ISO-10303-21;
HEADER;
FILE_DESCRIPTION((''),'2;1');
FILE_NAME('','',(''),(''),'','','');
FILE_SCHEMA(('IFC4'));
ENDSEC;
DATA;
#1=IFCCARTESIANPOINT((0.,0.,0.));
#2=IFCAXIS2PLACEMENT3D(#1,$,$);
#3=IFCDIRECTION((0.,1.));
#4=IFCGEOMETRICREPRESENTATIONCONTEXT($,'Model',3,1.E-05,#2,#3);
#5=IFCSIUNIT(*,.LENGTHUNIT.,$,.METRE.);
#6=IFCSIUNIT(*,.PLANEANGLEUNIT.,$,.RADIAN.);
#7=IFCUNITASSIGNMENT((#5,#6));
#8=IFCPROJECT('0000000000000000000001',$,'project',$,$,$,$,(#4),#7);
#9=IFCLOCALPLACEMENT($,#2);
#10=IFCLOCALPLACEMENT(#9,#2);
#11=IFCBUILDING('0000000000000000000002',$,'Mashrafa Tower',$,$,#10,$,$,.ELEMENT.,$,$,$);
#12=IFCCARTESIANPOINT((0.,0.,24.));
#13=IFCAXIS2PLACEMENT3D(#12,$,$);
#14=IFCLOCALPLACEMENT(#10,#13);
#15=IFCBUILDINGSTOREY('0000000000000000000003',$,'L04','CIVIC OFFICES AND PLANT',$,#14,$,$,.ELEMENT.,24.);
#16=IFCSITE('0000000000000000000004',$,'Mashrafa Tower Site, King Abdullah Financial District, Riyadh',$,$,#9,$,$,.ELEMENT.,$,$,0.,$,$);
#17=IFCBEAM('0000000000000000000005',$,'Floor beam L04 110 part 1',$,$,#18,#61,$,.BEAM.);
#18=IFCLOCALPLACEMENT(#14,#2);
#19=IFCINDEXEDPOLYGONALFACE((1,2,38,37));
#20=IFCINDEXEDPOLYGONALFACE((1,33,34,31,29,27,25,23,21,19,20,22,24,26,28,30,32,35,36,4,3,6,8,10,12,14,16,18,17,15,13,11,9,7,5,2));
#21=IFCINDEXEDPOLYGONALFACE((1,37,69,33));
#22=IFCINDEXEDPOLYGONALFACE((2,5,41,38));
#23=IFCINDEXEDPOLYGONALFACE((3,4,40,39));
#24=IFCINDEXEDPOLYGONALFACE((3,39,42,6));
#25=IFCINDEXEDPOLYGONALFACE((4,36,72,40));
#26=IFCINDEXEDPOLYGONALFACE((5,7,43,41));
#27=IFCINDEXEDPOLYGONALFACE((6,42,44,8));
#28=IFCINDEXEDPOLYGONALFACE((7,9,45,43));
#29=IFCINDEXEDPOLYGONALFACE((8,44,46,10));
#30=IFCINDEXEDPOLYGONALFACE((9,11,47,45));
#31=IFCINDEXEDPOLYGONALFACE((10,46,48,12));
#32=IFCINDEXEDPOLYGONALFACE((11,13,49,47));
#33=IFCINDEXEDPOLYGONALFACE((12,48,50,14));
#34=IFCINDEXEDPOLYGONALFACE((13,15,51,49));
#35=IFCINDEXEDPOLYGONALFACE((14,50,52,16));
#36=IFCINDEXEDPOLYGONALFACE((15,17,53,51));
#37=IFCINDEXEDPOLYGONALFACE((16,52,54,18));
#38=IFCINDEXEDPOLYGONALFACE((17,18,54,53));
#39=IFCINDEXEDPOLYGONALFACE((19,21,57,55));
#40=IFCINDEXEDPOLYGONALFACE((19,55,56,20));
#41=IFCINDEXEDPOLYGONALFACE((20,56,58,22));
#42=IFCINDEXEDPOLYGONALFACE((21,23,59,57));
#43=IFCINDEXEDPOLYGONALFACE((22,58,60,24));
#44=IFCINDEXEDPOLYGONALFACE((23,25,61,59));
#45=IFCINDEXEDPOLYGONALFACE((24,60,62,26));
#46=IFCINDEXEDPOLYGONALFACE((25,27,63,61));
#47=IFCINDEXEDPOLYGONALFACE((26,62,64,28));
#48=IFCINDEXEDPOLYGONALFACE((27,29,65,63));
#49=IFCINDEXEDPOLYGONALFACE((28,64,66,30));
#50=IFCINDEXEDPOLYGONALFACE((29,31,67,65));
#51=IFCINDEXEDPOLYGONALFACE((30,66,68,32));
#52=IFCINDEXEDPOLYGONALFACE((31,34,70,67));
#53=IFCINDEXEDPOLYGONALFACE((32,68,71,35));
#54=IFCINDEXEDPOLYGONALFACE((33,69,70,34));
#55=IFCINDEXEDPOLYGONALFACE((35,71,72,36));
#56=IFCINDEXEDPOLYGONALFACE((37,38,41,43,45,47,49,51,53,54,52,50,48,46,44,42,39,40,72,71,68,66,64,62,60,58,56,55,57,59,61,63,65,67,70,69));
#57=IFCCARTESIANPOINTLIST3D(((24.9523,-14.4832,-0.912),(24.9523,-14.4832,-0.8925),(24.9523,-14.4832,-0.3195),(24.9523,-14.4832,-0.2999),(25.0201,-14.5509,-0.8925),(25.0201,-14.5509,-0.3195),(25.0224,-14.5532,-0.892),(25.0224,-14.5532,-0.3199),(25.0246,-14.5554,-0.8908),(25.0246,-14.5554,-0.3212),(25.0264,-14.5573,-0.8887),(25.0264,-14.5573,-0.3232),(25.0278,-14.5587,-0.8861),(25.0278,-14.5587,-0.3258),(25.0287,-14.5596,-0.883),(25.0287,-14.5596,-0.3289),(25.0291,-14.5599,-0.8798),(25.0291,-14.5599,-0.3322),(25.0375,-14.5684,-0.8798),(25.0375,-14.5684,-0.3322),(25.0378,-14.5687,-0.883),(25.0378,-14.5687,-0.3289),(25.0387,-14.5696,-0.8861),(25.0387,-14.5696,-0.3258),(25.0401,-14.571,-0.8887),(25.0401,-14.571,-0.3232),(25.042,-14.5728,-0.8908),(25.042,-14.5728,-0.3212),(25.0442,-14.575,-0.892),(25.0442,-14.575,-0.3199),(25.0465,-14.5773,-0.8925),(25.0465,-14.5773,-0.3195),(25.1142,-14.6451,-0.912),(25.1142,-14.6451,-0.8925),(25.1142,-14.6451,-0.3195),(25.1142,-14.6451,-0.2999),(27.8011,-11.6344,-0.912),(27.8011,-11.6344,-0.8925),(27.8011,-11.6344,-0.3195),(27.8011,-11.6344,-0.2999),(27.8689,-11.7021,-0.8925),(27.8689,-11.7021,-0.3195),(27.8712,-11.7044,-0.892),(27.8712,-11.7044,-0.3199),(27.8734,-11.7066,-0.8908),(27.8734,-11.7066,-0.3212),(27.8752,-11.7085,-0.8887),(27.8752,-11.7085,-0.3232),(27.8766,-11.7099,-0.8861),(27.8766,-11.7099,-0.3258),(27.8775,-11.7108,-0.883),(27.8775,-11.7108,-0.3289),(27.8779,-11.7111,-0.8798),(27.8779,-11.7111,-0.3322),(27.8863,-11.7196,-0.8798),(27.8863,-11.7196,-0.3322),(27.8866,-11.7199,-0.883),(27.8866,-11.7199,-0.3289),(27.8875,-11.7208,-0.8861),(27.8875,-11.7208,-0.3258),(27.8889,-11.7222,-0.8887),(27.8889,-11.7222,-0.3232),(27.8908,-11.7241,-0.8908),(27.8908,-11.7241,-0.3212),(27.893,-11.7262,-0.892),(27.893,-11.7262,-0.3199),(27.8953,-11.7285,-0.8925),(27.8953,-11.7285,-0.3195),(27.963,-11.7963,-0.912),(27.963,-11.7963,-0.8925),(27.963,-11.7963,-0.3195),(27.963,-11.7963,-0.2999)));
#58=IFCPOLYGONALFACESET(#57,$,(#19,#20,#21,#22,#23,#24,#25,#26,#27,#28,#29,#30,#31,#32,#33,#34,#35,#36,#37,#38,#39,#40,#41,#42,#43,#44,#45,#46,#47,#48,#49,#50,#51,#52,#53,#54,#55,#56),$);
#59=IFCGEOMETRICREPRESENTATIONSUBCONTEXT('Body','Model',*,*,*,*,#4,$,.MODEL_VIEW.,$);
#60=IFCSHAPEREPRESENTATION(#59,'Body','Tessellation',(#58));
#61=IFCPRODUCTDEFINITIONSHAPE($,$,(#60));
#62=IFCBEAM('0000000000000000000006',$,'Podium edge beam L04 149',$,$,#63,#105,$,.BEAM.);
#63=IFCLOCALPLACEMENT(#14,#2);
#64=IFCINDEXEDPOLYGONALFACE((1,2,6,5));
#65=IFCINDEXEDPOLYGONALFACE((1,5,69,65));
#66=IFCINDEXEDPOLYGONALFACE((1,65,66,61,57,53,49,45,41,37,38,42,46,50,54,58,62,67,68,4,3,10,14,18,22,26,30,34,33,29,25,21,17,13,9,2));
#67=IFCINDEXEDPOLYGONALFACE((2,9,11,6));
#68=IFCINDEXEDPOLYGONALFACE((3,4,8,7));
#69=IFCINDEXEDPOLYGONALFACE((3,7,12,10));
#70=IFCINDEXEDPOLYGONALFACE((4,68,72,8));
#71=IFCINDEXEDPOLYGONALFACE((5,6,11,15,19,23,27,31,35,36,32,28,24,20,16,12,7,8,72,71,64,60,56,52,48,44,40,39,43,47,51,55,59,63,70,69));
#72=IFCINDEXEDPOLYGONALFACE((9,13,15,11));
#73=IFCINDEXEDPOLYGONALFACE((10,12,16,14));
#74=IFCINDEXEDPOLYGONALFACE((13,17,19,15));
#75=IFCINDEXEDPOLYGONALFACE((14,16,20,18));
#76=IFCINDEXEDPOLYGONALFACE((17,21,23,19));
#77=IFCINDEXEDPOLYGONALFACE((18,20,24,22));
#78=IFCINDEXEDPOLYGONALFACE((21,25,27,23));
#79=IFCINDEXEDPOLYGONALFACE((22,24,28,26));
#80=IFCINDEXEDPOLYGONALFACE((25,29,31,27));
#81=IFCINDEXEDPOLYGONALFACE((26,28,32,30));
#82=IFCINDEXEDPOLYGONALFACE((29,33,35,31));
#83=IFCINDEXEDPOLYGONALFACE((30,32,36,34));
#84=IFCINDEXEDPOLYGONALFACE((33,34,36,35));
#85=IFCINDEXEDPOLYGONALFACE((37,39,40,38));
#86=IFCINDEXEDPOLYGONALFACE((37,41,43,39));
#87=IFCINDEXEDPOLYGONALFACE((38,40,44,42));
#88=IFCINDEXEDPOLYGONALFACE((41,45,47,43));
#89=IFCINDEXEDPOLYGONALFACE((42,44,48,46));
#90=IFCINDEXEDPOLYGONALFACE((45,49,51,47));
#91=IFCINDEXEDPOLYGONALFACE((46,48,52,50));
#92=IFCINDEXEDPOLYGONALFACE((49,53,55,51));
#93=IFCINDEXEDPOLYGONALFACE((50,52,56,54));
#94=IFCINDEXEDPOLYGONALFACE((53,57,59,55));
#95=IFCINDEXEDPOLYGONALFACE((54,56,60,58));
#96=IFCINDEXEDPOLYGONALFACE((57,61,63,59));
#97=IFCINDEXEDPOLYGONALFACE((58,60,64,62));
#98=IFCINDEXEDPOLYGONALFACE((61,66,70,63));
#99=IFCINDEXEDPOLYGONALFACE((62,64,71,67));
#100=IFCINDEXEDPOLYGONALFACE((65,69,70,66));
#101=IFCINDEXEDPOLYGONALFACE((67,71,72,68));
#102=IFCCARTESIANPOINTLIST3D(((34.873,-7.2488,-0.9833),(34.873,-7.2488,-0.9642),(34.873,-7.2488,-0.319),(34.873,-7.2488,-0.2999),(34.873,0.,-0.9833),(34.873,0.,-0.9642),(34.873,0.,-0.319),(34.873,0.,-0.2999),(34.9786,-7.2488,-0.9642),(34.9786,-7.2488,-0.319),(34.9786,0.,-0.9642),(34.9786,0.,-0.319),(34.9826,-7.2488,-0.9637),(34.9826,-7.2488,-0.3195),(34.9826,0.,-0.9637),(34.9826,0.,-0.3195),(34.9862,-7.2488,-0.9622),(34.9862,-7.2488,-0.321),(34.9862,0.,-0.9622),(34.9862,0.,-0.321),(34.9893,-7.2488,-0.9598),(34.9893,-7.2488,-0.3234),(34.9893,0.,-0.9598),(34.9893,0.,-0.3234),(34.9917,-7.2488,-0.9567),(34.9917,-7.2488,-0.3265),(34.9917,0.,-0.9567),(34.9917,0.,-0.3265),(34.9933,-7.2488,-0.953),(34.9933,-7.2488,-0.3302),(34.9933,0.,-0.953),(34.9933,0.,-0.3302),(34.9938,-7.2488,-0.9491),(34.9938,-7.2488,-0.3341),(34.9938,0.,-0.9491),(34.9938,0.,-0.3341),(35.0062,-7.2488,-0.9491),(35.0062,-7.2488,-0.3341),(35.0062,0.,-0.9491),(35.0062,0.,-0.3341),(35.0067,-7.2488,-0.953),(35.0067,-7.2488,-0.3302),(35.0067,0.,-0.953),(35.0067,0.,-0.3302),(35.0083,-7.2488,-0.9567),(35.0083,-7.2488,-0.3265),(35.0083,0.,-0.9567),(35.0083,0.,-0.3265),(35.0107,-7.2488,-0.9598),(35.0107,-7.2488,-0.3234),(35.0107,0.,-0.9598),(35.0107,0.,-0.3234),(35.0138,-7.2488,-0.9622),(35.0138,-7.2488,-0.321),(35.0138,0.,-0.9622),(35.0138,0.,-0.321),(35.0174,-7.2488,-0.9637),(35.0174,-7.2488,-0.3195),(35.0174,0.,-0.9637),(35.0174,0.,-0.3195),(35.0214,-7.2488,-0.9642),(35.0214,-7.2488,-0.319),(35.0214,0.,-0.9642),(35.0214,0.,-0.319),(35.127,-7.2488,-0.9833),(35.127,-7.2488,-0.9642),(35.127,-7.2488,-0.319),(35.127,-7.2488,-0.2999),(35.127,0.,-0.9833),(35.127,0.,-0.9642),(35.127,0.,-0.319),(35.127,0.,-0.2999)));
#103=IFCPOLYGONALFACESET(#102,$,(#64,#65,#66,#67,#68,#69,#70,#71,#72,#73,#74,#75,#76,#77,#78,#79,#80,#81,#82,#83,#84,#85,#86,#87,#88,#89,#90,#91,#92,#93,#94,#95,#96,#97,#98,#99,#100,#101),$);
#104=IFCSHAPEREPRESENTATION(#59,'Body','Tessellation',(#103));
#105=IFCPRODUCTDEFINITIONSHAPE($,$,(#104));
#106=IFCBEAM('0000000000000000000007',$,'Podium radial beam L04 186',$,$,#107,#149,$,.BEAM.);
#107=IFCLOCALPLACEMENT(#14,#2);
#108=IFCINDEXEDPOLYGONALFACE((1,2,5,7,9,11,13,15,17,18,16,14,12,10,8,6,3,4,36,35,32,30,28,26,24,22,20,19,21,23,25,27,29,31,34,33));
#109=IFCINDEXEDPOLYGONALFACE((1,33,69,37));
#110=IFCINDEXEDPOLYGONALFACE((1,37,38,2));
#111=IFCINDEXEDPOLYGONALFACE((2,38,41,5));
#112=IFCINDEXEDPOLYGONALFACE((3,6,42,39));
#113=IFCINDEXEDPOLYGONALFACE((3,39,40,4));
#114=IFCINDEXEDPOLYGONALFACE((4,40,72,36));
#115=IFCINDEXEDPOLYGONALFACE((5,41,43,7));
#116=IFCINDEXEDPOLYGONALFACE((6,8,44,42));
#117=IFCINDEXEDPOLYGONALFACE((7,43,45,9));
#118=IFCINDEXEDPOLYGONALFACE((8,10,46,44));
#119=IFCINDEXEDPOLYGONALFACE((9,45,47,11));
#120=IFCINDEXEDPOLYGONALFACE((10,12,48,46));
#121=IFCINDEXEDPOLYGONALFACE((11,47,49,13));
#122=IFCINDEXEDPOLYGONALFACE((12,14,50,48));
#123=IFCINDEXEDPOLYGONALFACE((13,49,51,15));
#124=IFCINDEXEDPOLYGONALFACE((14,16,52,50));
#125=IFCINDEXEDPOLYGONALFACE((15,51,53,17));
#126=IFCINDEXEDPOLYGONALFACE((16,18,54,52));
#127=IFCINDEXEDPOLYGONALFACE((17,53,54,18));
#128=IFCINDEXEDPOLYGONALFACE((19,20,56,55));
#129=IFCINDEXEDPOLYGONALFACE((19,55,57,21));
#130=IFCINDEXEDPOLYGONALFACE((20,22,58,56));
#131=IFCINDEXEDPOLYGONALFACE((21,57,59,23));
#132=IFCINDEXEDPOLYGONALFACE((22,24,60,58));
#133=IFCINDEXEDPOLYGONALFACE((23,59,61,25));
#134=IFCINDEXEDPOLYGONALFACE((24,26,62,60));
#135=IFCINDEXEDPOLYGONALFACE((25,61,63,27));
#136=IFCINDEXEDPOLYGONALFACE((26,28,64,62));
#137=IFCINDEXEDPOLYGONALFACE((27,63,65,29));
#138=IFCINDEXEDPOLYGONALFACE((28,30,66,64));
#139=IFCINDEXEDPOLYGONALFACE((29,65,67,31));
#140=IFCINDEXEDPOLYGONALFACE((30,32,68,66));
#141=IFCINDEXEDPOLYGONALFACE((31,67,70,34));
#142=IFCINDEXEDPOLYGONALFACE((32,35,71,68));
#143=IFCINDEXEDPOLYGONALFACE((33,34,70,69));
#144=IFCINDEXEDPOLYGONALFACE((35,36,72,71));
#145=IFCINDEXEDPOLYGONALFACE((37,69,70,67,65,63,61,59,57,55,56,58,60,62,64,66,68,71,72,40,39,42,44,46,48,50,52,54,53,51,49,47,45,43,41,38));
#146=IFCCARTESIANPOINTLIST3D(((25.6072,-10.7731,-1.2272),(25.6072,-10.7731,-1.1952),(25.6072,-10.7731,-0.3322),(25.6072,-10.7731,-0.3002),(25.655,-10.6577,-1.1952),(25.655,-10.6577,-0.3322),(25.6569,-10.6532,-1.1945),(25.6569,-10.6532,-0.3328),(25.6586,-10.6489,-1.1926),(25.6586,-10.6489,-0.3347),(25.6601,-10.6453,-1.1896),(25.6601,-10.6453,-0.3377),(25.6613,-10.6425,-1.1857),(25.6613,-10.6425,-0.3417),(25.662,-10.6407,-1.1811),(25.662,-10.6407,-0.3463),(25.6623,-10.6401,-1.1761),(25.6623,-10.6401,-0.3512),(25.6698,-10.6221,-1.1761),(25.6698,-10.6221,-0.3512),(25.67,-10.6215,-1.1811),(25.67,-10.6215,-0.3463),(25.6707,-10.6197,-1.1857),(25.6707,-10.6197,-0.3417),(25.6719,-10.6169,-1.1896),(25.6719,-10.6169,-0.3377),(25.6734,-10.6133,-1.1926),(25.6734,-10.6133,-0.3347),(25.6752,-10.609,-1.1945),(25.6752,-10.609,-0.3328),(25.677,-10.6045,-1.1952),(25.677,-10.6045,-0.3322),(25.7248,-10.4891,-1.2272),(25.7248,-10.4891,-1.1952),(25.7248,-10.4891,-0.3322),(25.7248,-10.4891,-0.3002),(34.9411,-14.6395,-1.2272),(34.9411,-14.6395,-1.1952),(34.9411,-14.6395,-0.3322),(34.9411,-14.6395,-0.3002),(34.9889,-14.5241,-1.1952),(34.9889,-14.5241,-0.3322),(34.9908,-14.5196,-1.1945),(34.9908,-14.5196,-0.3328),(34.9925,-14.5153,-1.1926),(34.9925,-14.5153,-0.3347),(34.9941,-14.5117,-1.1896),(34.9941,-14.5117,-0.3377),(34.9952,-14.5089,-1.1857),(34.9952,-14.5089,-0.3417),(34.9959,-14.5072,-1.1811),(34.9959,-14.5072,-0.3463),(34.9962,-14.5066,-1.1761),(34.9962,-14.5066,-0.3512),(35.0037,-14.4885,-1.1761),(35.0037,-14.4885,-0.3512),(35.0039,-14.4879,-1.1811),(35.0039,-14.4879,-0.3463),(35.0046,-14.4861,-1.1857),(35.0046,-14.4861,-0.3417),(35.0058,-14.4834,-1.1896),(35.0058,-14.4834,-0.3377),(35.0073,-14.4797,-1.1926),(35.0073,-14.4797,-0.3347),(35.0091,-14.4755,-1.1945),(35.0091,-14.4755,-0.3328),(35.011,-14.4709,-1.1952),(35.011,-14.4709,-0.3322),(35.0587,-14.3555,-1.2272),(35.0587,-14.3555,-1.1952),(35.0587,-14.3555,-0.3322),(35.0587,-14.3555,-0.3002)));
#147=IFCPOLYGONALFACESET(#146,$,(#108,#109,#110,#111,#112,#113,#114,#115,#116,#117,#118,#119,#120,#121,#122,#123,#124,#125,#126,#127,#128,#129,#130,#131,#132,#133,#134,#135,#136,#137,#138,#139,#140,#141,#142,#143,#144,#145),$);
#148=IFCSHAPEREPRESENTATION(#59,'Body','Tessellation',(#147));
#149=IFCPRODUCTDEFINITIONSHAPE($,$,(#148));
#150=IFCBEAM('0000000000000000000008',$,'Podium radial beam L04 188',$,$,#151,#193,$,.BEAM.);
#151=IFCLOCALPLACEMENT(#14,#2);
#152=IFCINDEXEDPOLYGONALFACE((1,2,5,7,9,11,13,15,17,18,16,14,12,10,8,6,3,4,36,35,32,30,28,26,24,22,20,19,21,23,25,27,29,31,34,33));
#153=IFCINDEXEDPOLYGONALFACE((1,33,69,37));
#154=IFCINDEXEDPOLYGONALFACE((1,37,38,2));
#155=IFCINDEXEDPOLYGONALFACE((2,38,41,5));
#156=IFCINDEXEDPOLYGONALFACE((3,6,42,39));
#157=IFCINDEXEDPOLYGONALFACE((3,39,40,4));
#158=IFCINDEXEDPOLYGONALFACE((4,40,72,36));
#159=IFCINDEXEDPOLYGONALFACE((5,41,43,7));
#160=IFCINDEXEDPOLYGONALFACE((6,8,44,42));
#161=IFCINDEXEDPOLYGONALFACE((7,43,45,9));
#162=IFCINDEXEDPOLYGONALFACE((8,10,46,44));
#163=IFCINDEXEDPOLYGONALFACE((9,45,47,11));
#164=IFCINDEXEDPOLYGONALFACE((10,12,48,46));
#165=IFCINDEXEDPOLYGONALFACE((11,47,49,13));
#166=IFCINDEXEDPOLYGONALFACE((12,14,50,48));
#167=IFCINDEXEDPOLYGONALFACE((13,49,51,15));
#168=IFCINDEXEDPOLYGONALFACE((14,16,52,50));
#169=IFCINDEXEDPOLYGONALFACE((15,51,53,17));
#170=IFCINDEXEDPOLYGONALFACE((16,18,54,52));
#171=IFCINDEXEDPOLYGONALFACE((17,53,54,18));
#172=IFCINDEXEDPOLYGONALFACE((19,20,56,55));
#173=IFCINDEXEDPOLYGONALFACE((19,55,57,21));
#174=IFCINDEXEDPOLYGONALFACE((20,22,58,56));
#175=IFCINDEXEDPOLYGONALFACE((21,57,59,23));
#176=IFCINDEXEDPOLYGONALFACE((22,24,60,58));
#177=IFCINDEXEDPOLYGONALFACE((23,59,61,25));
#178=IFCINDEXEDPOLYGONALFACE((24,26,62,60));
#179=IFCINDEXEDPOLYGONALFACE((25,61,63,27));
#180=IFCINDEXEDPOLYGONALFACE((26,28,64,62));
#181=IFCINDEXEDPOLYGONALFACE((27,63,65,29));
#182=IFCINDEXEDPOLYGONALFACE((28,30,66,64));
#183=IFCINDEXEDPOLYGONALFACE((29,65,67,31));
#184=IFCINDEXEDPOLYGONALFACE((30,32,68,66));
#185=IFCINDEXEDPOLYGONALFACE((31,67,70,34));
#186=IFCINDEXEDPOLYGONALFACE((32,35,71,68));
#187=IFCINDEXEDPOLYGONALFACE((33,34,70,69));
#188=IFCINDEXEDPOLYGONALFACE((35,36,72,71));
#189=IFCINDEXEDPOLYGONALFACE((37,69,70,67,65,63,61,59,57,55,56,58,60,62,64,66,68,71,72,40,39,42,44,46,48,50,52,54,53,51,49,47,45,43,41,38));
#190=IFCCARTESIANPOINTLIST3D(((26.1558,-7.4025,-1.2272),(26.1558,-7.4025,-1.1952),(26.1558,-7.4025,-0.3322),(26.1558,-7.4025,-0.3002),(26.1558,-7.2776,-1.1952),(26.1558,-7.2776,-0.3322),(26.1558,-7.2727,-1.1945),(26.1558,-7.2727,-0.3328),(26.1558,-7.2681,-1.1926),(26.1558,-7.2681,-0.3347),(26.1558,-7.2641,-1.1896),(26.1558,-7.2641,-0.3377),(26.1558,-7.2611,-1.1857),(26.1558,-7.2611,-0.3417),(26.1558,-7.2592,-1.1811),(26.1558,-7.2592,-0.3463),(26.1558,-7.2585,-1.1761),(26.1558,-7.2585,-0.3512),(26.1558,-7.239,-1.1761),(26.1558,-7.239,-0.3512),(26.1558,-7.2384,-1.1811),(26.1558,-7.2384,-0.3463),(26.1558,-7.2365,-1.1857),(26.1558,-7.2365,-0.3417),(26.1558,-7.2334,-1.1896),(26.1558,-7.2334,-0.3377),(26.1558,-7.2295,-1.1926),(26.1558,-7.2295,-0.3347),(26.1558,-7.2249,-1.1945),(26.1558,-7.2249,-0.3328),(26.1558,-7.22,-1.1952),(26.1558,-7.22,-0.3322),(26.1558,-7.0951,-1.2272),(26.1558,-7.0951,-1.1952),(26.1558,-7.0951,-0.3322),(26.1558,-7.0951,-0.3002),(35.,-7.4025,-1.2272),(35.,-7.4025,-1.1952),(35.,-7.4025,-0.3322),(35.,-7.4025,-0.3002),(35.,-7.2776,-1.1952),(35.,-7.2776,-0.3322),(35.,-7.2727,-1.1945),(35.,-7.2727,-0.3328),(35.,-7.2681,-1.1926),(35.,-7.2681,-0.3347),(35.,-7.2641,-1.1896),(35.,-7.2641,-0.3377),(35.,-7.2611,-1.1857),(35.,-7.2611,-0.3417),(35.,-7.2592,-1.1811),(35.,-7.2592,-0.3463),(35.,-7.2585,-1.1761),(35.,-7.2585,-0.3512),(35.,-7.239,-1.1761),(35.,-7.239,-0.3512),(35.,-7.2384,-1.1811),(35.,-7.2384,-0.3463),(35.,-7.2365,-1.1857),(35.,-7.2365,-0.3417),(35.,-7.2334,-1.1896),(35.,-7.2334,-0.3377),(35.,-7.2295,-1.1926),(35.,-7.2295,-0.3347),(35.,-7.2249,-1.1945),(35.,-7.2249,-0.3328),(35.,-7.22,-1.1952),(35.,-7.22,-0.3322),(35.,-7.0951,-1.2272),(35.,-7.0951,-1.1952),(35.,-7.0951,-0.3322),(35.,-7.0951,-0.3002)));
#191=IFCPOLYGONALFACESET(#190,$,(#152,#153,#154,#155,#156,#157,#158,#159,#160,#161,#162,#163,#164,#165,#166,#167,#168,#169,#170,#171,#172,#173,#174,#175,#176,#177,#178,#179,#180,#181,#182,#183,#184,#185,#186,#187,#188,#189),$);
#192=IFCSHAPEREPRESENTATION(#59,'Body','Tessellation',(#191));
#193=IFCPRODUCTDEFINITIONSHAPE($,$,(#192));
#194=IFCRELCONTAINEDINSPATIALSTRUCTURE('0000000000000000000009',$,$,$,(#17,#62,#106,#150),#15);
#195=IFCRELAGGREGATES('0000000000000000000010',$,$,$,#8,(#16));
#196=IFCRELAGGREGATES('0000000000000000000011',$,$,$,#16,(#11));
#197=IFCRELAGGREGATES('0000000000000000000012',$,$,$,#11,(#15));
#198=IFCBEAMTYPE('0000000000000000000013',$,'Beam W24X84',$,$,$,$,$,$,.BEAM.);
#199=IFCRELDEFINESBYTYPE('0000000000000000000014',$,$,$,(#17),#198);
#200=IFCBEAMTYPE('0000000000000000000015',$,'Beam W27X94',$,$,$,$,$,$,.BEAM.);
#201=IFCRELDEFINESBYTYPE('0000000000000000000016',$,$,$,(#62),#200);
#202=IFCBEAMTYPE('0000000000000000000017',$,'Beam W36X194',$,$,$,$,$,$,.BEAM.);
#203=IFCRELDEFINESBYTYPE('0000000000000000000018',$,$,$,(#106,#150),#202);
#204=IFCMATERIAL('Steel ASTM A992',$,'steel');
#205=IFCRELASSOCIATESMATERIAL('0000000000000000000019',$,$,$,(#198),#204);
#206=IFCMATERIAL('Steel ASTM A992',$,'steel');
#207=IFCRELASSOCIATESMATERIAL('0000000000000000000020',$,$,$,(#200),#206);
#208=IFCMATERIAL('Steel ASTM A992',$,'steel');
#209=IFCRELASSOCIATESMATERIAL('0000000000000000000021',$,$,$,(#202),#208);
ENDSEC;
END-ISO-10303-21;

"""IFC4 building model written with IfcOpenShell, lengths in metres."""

from ifc_helpers import new_model, si_unit, direction, frame, origin, origin_2d, place, context, subcontext, project, spatial, i_section, extrude, material, material_profile, profile_set, type_object, element, save


model = new_model("IFC4")

# Units and contexts
model_context = context("Model", 3, precision=1e-05, world=origin(), true_north=direction((0.0, 1.0)))
body_context = subcontext(model_context, "Body", "Model", "MODEL_VIEW")
ifc_project = project(units=[si_unit("LENGTHUNIT", "METRE"), si_unit("PLANEANGLEUNIT", "RADIAN")], contexts=[model_context])

# Site, building, storey
site_placement = place(None, origin())
site = spatial("IfcSite", under=ifc_project, at=site_placement, Name="Mashrafa Tower Site, King Abdullah Financial District, Riyadh", CompositionType="ELEMENT", RefElevation=0.0)
building_placement = place(site_placement, origin())
building = spatial("IfcBuilding", under=site, at=building_placement, Name="Mashrafa Tower", CompositionType="ELEMENT")
storey_placement = place(building_placement, frame((0.0, 0.0, 24.0)))
storey = spatial("IfcBuildingStorey", under=building, at=storey_placement, Name="L04", Description="CIVIC OFFICES AND PLANT", CompositionType="ELEMENT", Elevation=24.0)

# Beams
ifc_material_1 = material(Name="Steel ASTM A992", Category="steel")
ifc_material_profile_1 = material_profile(ifc_material_1, i_section(OverallWidth=0.229, OverallDepth=0.6121, WebThickness=0.012, FlangeThickness=0.0195, FilletRadius=0.0127, at=origin_2d()), Name="W24X84")
ifc_profile_set_1 = profile_set([ifc_material_profile_1], Name="Steel ASTM A992")
beam_type_1 = type_object("IfcBeamType", Name="Beam W24X84", PredefinedType="BEAM", material=ifc_profile_set_1)
beam_1_placement = place(storey_placement, frame((27.8821, -11.7153, -0.606), z_axis=(-0.707107, -0.707107, 0.0), x_axis=(0.707107, -0.707107, 0.0)))
element("IfcBeam", 1, at=beam_1_placement, inside=storey, type_object=beam_type_1, Name="Floor beam L04 110 part 1", PredefinedType="BEAM", context=body_context, shape_type="SweptSolid", body=[
    extrude(i_section(OverallWidth=0.229, OverallDepth=0.6121, WebThickness=0.012, FlangeThickness=0.0195, FilletRadius=0.0127, at=origin_2d()), origin(), (0.0, 0.0, 1.0), 4.0288),
])
ifc_material_2 = material(Name="Steel ASTM A992", Category="steel")
ifc_material_profile_2 = material_profile(ifc_material_2, i_section(OverallWidth=0.2539, OverallDepth=0.6833, WebThickness=0.0125, FlangeThickness=0.019, FilletRadius=0.0151, at=origin_2d()), Name="W27X94")
ifc_profile_set_2 = profile_set([ifc_material_profile_2], Name="Steel ASTM A992")
beam_type_2 = type_object("IfcBeamType", Name="Beam W27X94", PredefinedType="BEAM", material=ifc_profile_set_2)
beam_2_placement = place(storey_placement, frame((35.0, -7.2488, -0.6416), z_axis=(0.0, 1.0, 0.0), x_axis=(-1.0, 0.0, 0.0)))
element("IfcBeam", 2, at=beam_2_placement, inside=storey, type_object=beam_type_2, Name="Podium edge beam L04 149", PredefinedType="BEAM", context=body_context, shape_type="SweptSolid", body=[
    extrude(i_section(OverallWidth=0.2539, OverallDepth=0.6833, WebThickness=0.0125, FlangeThickness=0.019, FilletRadius=0.0151, at=origin_2d()), origin(), (0.0, 0.0, 1.0), 7.2488),
])
ifc_material_3 = material(Name="Steel ASTM A992", Category="steel")
ifc_material_profile_3 = material_profile(ifc_material_3, i_section(OverallWidth=0.3074, OverallDepth=0.927, WebThickness=0.0195, FlangeThickness=0.032, FilletRadius=0.019, at=origin_2d()), Name="W36X194")
ifc_profile_set_3 = profile_set([ifc_material_profile_3], Name="Steel ASTM A992")
beam_type_3 = type_object("IfcBeamType", Name="Beam W36X194", PredefinedType="BEAM", material=ifc_profile_set_3)
beam_3_placement = place(storey_placement, frame((25.666, -10.6311, -0.7637), z_axis=(0.923873, -0.3827, 0.0), x_axis=(0.3827, 0.923873, 0.0)))
element("IfcBeam", 3, at=beam_3_placement, inside=storey, type_object=beam_type_3, Name="Podium radial beam L04 186", PredefinedType="BEAM", context=body_context, shape_type="SweptSolid", body=[
    extrude(i_section(OverallWidth=0.3074, OverallDepth=0.927, WebThickness=0.0195, FlangeThickness=0.032, FilletRadius=0.019, at=origin_2d()), origin(), (0.0, 0.0, 1.0), 10.103),
])
beam_4_placement = place(storey_placement, frame((26.1558, -7.2488, -0.7637), z_axis=(1.0, 0.0, 0.0), x_axis=(0.0, 1.0, 0.0)))
element("IfcBeam", 4, at=beam_4_placement, inside=storey, type_object=beam_type_3, Name="Podium radial beam L04 188", PredefinedType="BEAM", context=body_context, shape_type="SweptSolid", body=[
    extrude(i_section(OverallWidth=0.3074, OverallDepth=0.927, WebThickness=0.0195, FlangeThickness=0.032, FilletRadius=0.019, at=origin_2d()), origin(), (0.0, 0.0, 1.0), 8.8442),
])

save(model, "model.ifc")
